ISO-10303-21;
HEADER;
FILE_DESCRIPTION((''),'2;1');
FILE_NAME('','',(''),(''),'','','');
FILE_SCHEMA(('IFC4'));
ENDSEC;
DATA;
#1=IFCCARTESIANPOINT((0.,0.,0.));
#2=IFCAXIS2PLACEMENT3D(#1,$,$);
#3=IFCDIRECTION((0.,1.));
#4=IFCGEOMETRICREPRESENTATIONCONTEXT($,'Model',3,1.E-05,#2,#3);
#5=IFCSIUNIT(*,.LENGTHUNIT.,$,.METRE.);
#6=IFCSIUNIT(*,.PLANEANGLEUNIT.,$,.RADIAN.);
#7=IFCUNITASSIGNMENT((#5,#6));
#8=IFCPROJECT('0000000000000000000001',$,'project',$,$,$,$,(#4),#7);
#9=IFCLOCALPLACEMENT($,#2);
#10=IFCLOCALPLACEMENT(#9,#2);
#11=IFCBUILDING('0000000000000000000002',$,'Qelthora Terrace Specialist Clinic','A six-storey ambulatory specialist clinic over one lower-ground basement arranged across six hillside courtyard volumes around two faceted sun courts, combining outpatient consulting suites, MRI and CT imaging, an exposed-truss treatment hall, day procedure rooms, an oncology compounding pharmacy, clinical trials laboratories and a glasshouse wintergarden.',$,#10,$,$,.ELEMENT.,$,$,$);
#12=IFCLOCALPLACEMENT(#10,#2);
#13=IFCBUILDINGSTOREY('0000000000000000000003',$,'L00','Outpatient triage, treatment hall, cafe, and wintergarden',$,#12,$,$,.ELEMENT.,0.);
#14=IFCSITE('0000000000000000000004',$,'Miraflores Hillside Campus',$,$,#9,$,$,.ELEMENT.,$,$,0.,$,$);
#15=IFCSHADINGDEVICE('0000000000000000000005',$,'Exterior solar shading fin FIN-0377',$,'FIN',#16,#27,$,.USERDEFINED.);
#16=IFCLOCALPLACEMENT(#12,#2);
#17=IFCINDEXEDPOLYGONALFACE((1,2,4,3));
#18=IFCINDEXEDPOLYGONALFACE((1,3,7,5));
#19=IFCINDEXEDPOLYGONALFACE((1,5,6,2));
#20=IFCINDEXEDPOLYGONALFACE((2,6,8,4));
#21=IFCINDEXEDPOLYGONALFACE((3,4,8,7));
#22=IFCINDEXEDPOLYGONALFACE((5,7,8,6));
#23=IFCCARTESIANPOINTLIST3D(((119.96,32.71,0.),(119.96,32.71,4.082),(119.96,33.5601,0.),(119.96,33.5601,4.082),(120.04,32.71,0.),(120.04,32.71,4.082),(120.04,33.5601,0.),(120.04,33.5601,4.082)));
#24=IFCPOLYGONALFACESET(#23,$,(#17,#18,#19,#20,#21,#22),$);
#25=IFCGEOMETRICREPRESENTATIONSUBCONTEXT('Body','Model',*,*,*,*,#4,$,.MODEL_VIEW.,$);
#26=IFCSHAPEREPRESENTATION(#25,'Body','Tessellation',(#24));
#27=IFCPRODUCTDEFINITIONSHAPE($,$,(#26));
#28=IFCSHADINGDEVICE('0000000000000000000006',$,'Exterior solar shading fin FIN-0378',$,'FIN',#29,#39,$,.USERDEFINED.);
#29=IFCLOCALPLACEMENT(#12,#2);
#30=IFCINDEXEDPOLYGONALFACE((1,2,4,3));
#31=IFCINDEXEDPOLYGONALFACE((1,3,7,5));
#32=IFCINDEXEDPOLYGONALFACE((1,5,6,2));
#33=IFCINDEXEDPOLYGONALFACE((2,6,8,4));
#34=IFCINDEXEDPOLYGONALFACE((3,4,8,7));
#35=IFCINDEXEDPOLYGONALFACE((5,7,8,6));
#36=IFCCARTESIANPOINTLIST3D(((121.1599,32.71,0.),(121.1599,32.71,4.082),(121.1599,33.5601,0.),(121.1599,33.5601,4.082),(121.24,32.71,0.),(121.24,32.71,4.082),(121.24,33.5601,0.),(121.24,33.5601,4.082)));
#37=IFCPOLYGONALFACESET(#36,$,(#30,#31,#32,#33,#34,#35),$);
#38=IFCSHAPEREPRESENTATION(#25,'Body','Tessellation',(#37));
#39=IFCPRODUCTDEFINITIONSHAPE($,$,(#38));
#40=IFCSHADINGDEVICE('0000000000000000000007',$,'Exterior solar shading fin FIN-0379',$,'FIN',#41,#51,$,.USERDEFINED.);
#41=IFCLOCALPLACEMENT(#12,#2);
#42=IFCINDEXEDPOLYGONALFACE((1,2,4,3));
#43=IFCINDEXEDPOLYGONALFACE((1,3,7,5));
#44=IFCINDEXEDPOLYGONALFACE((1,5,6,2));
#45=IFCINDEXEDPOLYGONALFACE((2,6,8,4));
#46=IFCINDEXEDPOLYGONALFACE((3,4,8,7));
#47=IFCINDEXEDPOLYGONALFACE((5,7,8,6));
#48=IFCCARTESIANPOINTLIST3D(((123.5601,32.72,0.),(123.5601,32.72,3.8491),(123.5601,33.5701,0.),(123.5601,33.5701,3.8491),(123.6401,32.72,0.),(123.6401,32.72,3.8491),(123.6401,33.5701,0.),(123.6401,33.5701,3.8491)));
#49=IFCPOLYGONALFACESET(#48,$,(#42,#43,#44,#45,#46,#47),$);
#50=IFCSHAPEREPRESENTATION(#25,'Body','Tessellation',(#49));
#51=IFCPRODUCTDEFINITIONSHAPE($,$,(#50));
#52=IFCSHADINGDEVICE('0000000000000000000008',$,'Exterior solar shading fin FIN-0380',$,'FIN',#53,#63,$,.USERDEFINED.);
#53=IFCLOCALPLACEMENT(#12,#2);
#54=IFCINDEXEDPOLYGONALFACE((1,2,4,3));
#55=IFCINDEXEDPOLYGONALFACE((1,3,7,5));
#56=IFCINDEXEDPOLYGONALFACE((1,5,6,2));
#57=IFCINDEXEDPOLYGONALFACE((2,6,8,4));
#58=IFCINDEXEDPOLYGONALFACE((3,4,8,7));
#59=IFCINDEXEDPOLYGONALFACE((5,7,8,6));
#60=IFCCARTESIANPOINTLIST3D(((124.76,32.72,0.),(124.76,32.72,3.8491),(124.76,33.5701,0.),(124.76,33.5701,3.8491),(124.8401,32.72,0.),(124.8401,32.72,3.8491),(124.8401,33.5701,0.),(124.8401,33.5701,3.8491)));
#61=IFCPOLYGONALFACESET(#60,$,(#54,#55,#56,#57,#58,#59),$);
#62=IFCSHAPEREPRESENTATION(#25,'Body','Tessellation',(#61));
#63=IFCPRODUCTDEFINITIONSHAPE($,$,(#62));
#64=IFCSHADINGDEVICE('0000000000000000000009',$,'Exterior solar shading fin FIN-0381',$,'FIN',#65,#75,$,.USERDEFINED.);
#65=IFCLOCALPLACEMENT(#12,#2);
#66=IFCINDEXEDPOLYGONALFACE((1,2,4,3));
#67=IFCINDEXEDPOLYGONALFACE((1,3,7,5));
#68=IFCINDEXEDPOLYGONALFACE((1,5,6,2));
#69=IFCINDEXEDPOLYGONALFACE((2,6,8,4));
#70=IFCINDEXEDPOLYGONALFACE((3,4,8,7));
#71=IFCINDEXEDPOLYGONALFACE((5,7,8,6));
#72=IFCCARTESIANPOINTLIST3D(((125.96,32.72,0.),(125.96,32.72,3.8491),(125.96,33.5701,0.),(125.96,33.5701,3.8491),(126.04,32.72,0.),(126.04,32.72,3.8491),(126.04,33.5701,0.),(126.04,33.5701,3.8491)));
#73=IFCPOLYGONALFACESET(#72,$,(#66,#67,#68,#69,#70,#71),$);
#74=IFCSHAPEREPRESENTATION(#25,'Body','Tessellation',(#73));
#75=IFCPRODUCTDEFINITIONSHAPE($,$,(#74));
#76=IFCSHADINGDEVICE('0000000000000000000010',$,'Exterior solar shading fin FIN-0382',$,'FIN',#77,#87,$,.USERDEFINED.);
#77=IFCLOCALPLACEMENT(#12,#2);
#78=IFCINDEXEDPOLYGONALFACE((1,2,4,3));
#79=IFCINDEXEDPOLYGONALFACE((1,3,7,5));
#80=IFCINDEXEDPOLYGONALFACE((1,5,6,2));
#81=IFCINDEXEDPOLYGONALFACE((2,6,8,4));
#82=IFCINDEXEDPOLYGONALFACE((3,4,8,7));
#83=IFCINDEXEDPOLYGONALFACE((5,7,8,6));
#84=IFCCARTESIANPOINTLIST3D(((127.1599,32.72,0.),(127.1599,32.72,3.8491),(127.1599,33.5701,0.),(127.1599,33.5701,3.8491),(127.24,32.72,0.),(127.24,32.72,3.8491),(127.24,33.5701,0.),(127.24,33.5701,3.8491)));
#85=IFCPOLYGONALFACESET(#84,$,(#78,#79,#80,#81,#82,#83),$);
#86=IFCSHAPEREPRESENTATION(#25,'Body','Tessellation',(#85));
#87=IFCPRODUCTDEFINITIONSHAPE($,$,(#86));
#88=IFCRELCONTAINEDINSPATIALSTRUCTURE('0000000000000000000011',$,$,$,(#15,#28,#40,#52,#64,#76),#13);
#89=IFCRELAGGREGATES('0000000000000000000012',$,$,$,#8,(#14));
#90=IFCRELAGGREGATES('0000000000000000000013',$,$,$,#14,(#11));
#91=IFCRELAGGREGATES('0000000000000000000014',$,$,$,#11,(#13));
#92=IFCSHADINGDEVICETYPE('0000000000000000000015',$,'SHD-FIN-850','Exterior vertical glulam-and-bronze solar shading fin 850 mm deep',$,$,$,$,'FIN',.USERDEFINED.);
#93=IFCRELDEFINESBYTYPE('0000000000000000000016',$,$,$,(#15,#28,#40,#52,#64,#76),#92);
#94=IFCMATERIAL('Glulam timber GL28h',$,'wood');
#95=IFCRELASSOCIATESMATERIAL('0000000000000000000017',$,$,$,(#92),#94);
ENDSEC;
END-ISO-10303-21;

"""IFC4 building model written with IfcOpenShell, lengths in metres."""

from ifc_helpers import new_model, si_unit, direction, frame, origin, origin_2d, place, context, subcontext, project, spatial, rectangle, extrude, material, type_object, element, save


model = new_model("IFC4")

# Units and contexts
model_context = context("Model", 3, precision=1e-05, world=origin(), true_north=direction((0.0, 1.0)))
body_context = subcontext(model_context, "Body", "Model", "MODEL_VIEW")
ifc_project = project(units=[si_unit("LENGTHUNIT", "METRE"), si_unit("PLANEANGLEUNIT", "RADIAN")], contexts=[model_context])

# Site, building, storey
site_placement = place(None, origin())
site = spatial("IfcSite", under=ifc_project, at=site_placement, Name="Miraflores Hillside Campus", CompositionType="ELEMENT", RefElevation=0.0)
building_placement = place(site_placement, origin())
building = spatial("IfcBuilding", under=site, at=building_placement, Name="Qelthora Terrace Specialist Clinic", Description="A six-storey ambulatory specialist clinic over one lower-ground basement arranged across six hillside courtyard volumes around two faceted sun courts, combining outpatient consulting suites, MRI and CT imaging, an exposed-truss treatment hall, day procedure rooms, an oncology compounding pharmacy, clinical trials laboratories and a glasshouse wintergarden.", CompositionType="ELEMENT")
storey_placement = place(building_placement, origin())
storey = spatial("IfcBuildingStorey", under=building, at=storey_placement, Name="L00", Description="Outpatient triage, treatment hall, cafe, and wintergarden", CompositionType="ELEMENT", Elevation=0.0)

# Shading devices
ifc_material_1 = material(Name="Glulam timber GL28h", Category="wood")
shading_device_type = type_object("IfcShadingDeviceType", Name="SHD-FIN-850", Description="Exterior vertical glulam-and-bronze solar shading fin 850 mm deep", ElementType="FIN", PredefinedType="USERDEFINED", material=ifc_material_1)
for number, where, z_axis, x_axis, name in (
    (1, (120.0, 33.135, 0.0), (0.0, 0.0, 1.0), (0.0, -1.0, 0.0), "Exterior solar shading fin FIN-0377"),
    (2, (121.2, 33.135, 0.0), (0.0, 0.0, 1.0), (0.0, -1.0, 0.0), "Exterior solar shading fin FIN-0378"),
):
    element("IfcShadingDevice", number, at=place(storey_placement, frame(where, z_axis=z_axis, x_axis=x_axis)), inside=storey, type_object=shading_device_type, Name=name, ObjectType="FIN", PredefinedType="USERDEFINED", context=body_context, shape_type="SweptSolid", body=[
        extrude(rectangle(XDim=0.8501, YDim=0.0801, at=origin_2d()), origin(), (0.0, 0.0, 1.0), 4.082),
    ])
for number, where, z_axis, x_axis, name in (
    (3, (123.6001, 33.145, 0.0), (0.0, 0.0, 1.0), (0.0, -1.0, 0.0), "Exterior solar shading fin FIN-0379"),
    (4, (124.8, 33.145, 0.0), (0.0, 0.0, 1.0), (0.0, -1.0, 0.0), "Exterior solar shading fin FIN-0380"),
    (5, (126.0, 33.145, 0.0), (0.0, 0.0, 1.0), (0.0, -1.0, 0.0), "Exterior solar shading fin FIN-0381"),
    (6, (127.2, 33.145, 0.0), (0.0, 0.0, 1.0), (0.0, -1.0, 0.0), "Exterior solar shading fin FIN-0382"),
):
    element("IfcShadingDevice", number, at=place(storey_placement, frame(where, z_axis=z_axis, x_axis=x_axis)), inside=storey, type_object=shading_device_type, Name=name, ObjectType="FIN", PredefinedType="USERDEFINED", context=body_context, shape_type="SweptSolid", body=[
        extrude(rectangle(XDim=0.8501, YDim=0.0801, at=origin_2d()), origin(), (0.0, 0.0, 1.0), 3.8491),
    ])

save(model, "model.ifc")
